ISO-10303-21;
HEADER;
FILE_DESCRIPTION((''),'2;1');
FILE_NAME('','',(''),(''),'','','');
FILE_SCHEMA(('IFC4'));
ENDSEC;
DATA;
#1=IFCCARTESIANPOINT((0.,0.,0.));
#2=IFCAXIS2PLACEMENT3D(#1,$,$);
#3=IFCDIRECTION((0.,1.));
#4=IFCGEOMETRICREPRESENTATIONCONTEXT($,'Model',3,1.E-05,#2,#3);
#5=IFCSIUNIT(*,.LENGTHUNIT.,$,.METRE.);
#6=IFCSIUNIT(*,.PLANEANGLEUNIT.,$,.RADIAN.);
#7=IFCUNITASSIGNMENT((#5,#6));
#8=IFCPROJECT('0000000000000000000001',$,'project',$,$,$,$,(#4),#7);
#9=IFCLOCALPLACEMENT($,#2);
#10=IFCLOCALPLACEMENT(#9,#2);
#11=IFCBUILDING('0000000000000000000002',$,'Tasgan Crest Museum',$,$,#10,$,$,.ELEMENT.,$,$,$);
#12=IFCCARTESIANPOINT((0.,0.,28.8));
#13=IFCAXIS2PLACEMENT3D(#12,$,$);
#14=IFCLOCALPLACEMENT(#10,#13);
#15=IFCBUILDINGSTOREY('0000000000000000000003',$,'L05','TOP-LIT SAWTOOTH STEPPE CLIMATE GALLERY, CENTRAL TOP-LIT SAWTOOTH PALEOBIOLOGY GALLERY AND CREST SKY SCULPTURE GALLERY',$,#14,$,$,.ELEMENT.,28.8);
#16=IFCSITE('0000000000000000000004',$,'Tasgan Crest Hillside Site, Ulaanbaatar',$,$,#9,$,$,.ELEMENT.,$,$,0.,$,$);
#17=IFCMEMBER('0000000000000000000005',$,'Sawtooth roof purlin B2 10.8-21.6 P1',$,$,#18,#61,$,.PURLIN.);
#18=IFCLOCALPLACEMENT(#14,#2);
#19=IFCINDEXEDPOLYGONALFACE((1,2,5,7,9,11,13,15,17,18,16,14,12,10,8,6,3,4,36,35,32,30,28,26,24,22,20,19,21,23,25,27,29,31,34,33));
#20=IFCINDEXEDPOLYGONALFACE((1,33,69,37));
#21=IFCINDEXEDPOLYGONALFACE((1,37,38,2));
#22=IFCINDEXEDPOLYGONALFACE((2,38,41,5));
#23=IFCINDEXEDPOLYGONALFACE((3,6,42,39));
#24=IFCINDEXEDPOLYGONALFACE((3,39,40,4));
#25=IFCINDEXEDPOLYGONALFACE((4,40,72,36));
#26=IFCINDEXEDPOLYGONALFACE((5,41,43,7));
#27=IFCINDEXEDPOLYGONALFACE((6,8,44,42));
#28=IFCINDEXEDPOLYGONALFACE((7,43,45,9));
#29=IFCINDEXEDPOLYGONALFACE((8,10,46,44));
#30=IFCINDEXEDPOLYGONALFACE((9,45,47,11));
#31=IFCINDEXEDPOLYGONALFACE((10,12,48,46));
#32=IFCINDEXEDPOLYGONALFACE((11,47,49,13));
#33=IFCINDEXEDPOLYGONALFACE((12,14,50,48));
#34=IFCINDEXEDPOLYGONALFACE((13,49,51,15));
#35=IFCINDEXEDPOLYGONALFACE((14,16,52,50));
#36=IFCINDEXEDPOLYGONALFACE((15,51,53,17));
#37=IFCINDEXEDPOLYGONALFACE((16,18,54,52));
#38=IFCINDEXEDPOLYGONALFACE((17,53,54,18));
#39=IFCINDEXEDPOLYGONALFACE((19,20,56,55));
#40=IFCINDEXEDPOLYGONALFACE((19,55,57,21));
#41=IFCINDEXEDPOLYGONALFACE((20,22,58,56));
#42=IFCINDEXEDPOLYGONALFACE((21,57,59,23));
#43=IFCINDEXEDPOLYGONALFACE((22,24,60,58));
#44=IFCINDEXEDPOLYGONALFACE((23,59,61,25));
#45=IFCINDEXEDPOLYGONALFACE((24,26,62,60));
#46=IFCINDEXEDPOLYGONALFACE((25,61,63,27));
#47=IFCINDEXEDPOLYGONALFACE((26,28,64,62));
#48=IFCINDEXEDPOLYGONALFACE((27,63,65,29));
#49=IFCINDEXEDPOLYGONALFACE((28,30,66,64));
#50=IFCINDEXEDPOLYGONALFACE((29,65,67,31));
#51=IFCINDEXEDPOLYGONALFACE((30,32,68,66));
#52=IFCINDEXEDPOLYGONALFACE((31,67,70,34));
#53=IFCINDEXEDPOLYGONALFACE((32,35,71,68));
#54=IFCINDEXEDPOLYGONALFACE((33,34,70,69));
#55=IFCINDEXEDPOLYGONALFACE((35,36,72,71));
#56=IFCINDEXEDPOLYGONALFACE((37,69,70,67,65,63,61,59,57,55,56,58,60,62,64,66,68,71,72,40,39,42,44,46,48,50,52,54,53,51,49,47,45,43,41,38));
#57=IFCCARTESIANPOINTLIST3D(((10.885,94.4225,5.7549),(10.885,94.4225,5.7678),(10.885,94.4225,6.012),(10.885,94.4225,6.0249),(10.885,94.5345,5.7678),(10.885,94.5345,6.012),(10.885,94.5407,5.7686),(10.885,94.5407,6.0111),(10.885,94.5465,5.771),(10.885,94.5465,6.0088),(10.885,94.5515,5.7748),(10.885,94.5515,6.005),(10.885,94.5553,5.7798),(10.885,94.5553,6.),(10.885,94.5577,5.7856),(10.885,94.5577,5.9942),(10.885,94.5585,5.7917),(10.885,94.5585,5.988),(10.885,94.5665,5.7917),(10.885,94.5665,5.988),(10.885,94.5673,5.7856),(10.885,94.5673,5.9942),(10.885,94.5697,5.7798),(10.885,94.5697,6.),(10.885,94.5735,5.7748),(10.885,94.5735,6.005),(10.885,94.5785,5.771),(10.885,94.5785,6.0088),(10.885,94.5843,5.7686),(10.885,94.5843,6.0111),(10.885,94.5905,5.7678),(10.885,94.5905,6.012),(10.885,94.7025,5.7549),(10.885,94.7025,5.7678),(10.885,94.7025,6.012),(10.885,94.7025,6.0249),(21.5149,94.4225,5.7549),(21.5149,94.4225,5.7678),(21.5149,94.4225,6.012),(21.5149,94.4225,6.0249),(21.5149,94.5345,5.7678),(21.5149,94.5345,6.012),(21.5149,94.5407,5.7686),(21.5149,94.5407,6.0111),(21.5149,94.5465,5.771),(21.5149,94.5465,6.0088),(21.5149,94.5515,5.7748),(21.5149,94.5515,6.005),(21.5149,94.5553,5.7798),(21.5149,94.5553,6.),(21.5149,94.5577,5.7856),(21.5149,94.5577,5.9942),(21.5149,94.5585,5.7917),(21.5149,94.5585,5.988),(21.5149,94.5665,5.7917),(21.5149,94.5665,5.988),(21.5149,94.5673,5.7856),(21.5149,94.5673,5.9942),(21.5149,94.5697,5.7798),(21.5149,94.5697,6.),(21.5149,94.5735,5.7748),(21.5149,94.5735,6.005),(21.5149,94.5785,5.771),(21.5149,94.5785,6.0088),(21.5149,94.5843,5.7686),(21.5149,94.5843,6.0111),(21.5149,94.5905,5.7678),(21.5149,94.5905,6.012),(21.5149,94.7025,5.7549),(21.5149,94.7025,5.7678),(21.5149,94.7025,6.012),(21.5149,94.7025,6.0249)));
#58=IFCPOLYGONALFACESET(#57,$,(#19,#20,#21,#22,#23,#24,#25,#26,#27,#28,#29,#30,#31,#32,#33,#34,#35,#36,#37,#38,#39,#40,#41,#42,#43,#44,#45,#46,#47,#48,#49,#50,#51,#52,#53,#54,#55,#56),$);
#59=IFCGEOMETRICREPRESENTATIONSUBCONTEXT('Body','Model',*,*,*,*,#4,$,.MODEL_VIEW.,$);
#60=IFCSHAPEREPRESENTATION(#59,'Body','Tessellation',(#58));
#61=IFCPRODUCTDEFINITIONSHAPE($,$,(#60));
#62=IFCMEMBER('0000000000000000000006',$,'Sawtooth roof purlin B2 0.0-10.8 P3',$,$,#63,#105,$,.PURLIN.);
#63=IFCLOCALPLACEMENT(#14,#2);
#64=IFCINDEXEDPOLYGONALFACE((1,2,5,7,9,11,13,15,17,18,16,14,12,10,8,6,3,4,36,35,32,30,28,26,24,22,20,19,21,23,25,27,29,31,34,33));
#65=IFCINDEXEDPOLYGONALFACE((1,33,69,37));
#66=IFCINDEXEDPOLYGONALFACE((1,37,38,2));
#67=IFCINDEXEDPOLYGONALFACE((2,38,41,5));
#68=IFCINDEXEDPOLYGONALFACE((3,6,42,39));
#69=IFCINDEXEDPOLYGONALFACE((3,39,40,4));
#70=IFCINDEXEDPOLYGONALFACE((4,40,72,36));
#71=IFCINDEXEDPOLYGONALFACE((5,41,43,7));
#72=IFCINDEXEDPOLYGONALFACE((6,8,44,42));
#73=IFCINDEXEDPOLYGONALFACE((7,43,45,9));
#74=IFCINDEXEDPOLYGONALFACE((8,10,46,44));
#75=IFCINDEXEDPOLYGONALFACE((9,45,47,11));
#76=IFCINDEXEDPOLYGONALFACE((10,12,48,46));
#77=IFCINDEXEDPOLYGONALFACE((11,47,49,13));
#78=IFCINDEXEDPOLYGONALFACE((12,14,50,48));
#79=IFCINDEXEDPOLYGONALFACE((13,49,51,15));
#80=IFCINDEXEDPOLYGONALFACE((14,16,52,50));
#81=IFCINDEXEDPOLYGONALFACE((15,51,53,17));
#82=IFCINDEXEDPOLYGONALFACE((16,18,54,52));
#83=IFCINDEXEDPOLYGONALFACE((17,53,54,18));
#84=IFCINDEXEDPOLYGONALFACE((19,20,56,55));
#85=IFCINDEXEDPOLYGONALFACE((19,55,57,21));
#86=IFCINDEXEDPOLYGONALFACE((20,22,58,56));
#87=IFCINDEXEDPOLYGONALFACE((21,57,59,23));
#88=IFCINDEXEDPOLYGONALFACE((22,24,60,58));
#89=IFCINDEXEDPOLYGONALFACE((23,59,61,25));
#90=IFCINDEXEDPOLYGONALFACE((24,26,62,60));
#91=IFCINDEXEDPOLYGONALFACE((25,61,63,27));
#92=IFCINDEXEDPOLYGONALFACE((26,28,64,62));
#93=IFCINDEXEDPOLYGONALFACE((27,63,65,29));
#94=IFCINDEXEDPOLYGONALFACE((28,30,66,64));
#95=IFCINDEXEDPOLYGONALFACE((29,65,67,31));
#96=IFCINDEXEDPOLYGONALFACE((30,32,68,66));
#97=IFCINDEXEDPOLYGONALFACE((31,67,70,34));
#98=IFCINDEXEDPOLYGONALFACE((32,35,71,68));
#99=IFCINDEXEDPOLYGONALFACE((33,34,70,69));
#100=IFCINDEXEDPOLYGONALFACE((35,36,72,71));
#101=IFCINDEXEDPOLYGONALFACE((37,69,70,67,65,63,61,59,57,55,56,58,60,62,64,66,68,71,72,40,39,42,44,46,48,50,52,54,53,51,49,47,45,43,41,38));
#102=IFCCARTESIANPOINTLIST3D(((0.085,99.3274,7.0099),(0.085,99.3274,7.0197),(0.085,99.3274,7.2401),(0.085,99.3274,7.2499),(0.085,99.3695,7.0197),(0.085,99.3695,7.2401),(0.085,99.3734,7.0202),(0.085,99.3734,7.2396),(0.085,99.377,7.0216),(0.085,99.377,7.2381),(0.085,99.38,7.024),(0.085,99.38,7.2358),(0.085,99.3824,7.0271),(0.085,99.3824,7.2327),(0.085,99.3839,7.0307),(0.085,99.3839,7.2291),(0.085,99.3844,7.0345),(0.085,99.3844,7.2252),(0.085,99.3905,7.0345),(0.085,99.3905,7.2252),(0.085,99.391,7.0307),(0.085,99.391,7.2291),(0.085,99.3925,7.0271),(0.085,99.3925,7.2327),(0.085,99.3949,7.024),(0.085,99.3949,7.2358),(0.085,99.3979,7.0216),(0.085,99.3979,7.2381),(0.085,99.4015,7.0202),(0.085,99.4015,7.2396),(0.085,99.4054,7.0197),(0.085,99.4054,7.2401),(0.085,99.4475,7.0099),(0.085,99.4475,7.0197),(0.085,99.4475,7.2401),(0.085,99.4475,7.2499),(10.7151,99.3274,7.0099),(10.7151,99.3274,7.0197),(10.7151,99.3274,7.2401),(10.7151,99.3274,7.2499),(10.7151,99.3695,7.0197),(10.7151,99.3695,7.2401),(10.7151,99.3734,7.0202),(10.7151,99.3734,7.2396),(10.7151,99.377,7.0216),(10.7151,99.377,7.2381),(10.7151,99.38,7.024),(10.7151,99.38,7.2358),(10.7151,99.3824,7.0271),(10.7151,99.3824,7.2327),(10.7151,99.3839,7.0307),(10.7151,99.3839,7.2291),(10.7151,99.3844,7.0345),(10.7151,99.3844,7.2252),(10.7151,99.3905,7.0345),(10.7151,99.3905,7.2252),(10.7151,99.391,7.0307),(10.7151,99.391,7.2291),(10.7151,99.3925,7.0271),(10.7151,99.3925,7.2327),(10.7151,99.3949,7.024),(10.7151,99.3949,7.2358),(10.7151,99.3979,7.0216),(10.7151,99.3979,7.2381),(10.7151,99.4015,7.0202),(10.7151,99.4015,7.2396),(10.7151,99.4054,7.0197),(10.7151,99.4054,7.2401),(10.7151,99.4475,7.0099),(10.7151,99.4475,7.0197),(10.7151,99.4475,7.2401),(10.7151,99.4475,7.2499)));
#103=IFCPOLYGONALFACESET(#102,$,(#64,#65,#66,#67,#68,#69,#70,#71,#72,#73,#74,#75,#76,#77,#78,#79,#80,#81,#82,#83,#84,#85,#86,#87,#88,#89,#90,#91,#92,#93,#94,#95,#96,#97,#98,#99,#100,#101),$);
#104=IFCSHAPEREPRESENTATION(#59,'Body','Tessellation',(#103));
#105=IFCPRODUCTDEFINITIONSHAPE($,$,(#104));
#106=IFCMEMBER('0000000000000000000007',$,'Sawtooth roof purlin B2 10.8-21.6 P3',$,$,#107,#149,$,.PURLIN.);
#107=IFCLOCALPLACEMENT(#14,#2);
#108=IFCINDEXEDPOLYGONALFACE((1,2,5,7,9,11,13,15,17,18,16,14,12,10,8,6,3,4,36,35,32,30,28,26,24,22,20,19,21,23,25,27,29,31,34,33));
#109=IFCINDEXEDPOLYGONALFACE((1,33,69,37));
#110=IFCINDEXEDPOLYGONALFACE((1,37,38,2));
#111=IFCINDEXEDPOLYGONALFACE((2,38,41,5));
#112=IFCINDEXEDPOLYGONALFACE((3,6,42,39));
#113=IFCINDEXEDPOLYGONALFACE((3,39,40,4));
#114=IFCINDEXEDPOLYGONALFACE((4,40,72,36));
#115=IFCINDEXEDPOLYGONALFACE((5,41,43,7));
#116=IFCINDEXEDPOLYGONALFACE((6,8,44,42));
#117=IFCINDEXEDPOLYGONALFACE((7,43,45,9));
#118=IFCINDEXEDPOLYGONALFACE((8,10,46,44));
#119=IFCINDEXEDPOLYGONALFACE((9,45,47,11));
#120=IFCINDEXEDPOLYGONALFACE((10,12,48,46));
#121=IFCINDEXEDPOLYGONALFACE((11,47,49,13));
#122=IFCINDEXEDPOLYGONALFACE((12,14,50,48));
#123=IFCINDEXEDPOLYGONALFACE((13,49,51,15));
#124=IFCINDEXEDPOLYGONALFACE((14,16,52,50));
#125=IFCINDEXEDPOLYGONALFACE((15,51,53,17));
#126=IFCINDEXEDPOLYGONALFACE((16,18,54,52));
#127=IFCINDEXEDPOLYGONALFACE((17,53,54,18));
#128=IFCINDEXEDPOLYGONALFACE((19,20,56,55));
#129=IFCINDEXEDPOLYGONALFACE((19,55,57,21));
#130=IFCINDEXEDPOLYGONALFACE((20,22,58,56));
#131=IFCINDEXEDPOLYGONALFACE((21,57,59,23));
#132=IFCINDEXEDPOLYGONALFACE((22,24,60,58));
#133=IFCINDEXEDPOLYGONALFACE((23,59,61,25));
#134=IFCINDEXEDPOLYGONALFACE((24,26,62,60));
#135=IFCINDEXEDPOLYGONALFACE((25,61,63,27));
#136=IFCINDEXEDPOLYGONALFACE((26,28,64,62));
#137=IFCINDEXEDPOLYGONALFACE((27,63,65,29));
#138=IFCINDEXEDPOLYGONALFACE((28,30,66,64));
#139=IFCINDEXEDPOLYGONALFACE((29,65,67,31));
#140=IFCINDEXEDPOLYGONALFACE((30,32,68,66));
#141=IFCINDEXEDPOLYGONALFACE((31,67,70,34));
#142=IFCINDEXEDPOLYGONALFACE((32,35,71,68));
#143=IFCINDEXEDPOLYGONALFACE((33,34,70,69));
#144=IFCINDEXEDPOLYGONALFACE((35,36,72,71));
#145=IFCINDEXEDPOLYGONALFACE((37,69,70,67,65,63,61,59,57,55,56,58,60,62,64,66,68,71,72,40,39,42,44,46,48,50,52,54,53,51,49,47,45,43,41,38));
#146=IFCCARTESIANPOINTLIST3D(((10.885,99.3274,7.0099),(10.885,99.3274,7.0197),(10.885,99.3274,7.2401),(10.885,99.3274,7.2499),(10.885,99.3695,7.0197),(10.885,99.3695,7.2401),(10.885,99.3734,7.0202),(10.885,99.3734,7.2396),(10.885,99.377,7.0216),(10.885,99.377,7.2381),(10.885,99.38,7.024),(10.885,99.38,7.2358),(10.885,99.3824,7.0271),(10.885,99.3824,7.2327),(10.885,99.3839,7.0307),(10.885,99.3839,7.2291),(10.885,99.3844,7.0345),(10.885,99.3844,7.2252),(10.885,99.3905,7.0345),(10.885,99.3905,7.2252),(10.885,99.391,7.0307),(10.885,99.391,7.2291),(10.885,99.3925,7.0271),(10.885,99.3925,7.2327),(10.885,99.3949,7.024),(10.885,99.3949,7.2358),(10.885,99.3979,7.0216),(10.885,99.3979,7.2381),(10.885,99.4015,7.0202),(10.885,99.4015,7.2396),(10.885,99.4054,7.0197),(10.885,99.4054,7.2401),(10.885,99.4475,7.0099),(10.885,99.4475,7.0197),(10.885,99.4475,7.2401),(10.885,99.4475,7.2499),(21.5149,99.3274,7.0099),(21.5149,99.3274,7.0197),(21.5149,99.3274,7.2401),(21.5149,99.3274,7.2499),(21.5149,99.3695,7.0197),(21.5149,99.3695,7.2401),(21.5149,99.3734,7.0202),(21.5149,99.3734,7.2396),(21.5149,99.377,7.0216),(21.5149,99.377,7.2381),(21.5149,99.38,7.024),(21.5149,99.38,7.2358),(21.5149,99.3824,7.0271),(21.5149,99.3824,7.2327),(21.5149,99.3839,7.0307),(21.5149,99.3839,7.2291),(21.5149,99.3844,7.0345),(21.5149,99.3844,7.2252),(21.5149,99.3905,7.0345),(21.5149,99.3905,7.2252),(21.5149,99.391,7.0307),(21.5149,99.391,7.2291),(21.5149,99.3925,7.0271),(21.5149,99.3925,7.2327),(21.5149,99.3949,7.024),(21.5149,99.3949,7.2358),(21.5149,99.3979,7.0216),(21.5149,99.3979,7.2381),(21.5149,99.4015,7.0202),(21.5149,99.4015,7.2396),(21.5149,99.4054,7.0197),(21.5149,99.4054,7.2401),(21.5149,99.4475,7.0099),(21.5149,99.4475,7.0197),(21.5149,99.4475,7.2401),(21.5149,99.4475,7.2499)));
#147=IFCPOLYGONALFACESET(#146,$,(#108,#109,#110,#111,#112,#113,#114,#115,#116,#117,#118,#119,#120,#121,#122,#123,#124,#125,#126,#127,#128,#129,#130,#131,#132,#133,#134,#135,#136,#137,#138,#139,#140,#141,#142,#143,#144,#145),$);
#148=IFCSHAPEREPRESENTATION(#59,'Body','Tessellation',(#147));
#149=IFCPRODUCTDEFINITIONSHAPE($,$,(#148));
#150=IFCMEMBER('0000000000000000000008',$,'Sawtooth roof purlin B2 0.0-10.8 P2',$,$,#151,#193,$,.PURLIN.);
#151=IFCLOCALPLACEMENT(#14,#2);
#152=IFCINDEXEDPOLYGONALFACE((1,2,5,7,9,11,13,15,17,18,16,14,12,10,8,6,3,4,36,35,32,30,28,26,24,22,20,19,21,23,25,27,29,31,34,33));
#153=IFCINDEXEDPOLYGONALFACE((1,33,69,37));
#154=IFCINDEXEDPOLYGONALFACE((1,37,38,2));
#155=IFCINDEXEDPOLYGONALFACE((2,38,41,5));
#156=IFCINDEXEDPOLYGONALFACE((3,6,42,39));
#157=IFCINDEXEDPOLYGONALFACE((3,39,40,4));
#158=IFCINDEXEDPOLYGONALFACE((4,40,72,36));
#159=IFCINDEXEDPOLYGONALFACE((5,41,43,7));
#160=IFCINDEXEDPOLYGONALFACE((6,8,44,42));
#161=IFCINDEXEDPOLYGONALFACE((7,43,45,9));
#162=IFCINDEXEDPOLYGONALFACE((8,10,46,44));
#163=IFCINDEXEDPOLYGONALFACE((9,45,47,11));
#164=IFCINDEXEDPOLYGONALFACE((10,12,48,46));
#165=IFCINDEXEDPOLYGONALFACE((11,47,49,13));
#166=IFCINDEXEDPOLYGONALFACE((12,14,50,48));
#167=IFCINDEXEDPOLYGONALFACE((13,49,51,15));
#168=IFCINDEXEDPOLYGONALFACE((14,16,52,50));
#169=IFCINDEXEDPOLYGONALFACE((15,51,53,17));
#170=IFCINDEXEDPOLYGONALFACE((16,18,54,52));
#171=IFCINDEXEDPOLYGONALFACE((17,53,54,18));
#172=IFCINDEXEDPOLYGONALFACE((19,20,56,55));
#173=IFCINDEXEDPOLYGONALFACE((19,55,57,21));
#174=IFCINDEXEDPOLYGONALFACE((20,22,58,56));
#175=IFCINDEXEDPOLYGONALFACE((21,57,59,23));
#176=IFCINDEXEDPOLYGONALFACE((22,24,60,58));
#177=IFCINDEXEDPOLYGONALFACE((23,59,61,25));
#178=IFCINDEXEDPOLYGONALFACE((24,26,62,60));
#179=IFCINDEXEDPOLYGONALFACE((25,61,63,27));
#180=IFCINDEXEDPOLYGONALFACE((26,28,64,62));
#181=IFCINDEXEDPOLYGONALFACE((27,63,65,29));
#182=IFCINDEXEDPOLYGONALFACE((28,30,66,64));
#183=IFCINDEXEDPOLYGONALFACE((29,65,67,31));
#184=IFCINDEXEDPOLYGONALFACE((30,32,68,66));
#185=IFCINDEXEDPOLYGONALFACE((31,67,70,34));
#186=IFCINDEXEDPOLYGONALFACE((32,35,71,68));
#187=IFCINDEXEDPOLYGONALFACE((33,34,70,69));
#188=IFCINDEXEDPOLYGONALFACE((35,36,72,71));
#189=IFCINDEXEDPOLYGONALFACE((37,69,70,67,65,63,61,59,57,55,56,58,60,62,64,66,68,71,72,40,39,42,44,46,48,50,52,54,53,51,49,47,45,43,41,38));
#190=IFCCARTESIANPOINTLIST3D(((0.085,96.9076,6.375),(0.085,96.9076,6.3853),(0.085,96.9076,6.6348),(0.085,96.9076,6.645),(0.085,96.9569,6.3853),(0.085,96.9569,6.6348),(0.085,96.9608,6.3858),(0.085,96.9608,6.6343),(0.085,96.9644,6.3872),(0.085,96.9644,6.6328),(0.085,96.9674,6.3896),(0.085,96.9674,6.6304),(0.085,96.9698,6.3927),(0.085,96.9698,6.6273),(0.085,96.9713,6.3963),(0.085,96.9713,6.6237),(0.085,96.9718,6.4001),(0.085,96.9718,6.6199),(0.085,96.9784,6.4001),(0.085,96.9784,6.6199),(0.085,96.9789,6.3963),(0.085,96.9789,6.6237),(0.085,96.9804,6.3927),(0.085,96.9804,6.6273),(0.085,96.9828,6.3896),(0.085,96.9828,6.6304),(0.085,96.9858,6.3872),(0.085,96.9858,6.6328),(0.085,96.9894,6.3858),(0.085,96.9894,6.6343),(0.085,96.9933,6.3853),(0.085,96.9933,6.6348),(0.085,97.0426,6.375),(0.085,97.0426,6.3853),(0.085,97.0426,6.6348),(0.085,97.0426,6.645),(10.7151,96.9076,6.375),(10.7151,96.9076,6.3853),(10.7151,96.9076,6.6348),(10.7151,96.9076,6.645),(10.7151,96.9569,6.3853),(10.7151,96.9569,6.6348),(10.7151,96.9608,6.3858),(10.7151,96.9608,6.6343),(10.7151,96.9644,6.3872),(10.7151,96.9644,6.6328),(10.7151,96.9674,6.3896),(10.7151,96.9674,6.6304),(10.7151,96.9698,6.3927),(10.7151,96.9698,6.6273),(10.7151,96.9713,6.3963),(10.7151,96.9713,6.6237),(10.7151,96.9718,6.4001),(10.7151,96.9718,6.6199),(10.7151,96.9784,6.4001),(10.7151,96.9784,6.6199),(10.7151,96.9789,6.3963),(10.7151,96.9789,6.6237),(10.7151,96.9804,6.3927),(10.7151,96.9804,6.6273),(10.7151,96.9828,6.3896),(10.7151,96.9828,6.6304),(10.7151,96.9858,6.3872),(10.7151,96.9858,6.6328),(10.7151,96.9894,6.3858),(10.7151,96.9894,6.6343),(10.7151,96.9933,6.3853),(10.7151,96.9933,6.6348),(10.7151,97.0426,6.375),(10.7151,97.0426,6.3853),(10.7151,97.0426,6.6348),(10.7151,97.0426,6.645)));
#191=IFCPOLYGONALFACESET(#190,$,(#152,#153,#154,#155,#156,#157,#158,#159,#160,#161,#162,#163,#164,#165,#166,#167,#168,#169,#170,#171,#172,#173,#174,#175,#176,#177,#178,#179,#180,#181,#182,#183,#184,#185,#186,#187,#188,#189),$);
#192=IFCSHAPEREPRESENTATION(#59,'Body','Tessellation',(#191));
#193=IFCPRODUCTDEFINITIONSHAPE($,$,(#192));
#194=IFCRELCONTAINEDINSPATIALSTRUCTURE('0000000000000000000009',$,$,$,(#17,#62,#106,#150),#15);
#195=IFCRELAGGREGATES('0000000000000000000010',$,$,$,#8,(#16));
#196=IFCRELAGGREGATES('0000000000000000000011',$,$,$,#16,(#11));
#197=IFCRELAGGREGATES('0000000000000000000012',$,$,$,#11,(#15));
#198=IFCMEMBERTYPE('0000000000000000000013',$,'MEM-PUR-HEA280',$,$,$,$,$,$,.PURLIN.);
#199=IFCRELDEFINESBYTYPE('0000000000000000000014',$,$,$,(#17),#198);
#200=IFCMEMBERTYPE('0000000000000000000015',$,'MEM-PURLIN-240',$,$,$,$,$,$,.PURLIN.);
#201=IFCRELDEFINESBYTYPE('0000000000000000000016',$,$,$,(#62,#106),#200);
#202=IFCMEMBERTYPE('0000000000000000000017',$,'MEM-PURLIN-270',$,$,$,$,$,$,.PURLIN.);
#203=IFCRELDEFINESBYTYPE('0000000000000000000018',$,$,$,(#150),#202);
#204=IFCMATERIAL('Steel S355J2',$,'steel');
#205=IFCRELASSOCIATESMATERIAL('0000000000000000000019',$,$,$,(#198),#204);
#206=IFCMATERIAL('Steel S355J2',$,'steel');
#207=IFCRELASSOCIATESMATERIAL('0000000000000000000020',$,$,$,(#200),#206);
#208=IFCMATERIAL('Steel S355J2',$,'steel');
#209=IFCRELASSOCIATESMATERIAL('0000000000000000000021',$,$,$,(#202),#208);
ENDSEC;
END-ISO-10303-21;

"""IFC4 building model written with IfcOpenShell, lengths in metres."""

from ifc_helpers import new_model, si_unit, direction, frame, origin, origin_2d, place, context, subcontext, project, spatial, i_section, extrude, material, material_profile, profile_set, type_object, element, save


model = new_model("IFC4")

# Units and contexts
model_context = context("Model", 3, precision=1e-05, world=origin(), true_north=direction((0.0, 1.0)))
body_context = subcontext(model_context, "Body", "Model", "MODEL_VIEW")
ifc_project = project(units=[si_unit("LENGTHUNIT", "METRE"), si_unit("PLANEANGLEUNIT", "RADIAN")], contexts=[model_context])

# Site, building, storey
site_placement = place(None, origin())
site = spatial("IfcSite", under=ifc_project, at=site_placement, Name="Tasgan Crest Hillside Site, Ulaanbaatar", CompositionType="ELEMENT", RefElevation=0.0)
building_placement = place(site_placement, origin())
building = spatial("IfcBuilding", under=site, at=building_placement, Name="Tasgan Crest Museum", CompositionType="ELEMENT")
storey_placement = place(building_placement, frame((0.0, 0.0, 28.8)))
storey = spatial("IfcBuildingStorey", under=building, at=storey_placement, Name="L05", Description="TOP-LIT SAWTOOTH STEPPE CLIMATE GALLERY, CENTRAL TOP-LIT SAWTOOTH PALEOBIOLOGY GALLERY AND CREST SKY SCULPTURE GALLERY", CompositionType="ELEMENT", Elevation=28.8)

# Members
ifc_material_1 = material(Name="Steel S355J2", Category="steel")
ifc_material_profile_1 = material_profile(ifc_material_1, i_section(OverallWidth=0.28, OverallDepth=0.27, WebThickness=0.0081, FlangeThickness=0.0129, FilletRadius=0.0239, at=origin_2d()), Name="HEA 280")
ifc_profile_set_1 = profile_set([ifc_material_profile_1], Name="Steel S355J2")
member_type_1 = type_object("IfcMemberType", Name="MEM-PUR-HEA280", PredefinedType="PURLIN", material=ifc_profile_set_1)
member_1_placement = place(storey_placement, frame((10.885, 94.5625, 5.8899), z_axis=(1.0, 0.0, 0.0), x_axis=(0.0, 1.0, 0.0)))
element("IfcMember", 1, at=member_1_placement, inside=storey, type_object=member_type_1, Name="Sawtooth roof purlin B2 10.8-21.6 P1", PredefinedType="PURLIN", context=body_context, shape_type="SweptSolid", body=[
    extrude(i_section(OverallWidth=0.28, OverallDepth=0.27, WebThickness=0.0081, FlangeThickness=0.0129, FilletRadius=0.0239, at=origin_2d()), origin(), (0.0, 0.0, 1.0), 10.6299),
])
ifc_material_2 = material(Name="Steel S355J2", Category="steel")
ifc_material_profile_2 = material_profile(ifc_material_2, i_section(OverallWidth=0.1201, OverallDepth=0.24, WebThickness=0.0061, FlangeThickness=0.0098, FilletRadius=0.0149, at=origin_2d()), Name="IPE 240")
ifc_profile_set_2 = profile_set([ifc_material_profile_2], Name="Steel S355J2")
member_type_2 = type_object("IfcMemberType", Name="MEM-PURLIN-240", PredefinedType="PURLIN", material=ifc_profile_set_2)
member_2_placement = place(storey_placement, frame((0.085, 99.3875, 7.1299), z_axis=(1.0, 0.0, 0.0), x_axis=(0.0, 1.0, 0.0)))
element("IfcMember", 2, at=member_2_placement, inside=storey, type_object=member_type_2, Name="Sawtooth roof purlin B2 0.0-10.8 P3", PredefinedType="PURLIN", context=body_context, shape_type="SweptSolid", body=[
    extrude(i_section(OverallWidth=0.1201, OverallDepth=0.24, WebThickness=0.0061, FlangeThickness=0.0098, FilletRadius=0.0149, at=origin_2d()), origin(), (0.0, 0.0, 1.0), 10.6301),
])
member_3_placement = place(storey_placement, frame((10.885, 99.3875, 7.1299), z_axis=(1.0, 0.0, 0.0), x_axis=(0.0, 1.0, 0.0)))
element("IfcMember", 3, at=member_3_placement, inside=storey, type_object=member_type_2, Name="Sawtooth roof purlin B2 10.8-21.6 P3", PredefinedType="PURLIN", context=body_context, shape_type="SweptSolid", body=[
    extrude(i_section(OverallWidth=0.1201, OverallDepth=0.24, WebThickness=0.0061, FlangeThickness=0.0098, FilletRadius=0.0149, at=origin_2d()), origin(), (0.0, 0.0, 1.0), 10.6299),
])
ifc_material_3 = material(Name="Steel S355J2", Category="steel")
ifc_material_profile_3 = material_profile(ifc_material_3, i_section(OverallWidth=0.135, OverallDepth=0.27, WebThickness=0.0066, FlangeThickness=0.0103, FilletRadius=0.0149, at=origin_2d()), Name="IPE 270")
ifc_profile_set_3 = profile_set([ifc_material_profile_3], Name="Steel S355J2")
member_type_3 = type_object("IfcMemberType", Name="MEM-PURLIN-270", PredefinedType="PURLIN", material=ifc_profile_set_3)
member_4_placement = place(storey_placement, frame((0.085, 96.9751, 6.51), z_axis=(1.0, 0.0, 0.0), x_axis=(0.0, 1.0, 0.0)))
element("IfcMember", 4, at=member_4_placement, inside=storey, type_object=member_type_3, Name="Sawtooth roof purlin B2 0.0-10.8 P2", PredefinedType="PURLIN", context=body_context, shape_type="SweptSolid", body=[
    extrude(i_section(OverallWidth=0.135, OverallDepth=0.27, WebThickness=0.0066, FlangeThickness=0.0103, FilletRadius=0.0149, at=origin_2d()), origin(), (0.0, 0.0, 1.0), 10.6301),
])

save(model, "model.ifc")
